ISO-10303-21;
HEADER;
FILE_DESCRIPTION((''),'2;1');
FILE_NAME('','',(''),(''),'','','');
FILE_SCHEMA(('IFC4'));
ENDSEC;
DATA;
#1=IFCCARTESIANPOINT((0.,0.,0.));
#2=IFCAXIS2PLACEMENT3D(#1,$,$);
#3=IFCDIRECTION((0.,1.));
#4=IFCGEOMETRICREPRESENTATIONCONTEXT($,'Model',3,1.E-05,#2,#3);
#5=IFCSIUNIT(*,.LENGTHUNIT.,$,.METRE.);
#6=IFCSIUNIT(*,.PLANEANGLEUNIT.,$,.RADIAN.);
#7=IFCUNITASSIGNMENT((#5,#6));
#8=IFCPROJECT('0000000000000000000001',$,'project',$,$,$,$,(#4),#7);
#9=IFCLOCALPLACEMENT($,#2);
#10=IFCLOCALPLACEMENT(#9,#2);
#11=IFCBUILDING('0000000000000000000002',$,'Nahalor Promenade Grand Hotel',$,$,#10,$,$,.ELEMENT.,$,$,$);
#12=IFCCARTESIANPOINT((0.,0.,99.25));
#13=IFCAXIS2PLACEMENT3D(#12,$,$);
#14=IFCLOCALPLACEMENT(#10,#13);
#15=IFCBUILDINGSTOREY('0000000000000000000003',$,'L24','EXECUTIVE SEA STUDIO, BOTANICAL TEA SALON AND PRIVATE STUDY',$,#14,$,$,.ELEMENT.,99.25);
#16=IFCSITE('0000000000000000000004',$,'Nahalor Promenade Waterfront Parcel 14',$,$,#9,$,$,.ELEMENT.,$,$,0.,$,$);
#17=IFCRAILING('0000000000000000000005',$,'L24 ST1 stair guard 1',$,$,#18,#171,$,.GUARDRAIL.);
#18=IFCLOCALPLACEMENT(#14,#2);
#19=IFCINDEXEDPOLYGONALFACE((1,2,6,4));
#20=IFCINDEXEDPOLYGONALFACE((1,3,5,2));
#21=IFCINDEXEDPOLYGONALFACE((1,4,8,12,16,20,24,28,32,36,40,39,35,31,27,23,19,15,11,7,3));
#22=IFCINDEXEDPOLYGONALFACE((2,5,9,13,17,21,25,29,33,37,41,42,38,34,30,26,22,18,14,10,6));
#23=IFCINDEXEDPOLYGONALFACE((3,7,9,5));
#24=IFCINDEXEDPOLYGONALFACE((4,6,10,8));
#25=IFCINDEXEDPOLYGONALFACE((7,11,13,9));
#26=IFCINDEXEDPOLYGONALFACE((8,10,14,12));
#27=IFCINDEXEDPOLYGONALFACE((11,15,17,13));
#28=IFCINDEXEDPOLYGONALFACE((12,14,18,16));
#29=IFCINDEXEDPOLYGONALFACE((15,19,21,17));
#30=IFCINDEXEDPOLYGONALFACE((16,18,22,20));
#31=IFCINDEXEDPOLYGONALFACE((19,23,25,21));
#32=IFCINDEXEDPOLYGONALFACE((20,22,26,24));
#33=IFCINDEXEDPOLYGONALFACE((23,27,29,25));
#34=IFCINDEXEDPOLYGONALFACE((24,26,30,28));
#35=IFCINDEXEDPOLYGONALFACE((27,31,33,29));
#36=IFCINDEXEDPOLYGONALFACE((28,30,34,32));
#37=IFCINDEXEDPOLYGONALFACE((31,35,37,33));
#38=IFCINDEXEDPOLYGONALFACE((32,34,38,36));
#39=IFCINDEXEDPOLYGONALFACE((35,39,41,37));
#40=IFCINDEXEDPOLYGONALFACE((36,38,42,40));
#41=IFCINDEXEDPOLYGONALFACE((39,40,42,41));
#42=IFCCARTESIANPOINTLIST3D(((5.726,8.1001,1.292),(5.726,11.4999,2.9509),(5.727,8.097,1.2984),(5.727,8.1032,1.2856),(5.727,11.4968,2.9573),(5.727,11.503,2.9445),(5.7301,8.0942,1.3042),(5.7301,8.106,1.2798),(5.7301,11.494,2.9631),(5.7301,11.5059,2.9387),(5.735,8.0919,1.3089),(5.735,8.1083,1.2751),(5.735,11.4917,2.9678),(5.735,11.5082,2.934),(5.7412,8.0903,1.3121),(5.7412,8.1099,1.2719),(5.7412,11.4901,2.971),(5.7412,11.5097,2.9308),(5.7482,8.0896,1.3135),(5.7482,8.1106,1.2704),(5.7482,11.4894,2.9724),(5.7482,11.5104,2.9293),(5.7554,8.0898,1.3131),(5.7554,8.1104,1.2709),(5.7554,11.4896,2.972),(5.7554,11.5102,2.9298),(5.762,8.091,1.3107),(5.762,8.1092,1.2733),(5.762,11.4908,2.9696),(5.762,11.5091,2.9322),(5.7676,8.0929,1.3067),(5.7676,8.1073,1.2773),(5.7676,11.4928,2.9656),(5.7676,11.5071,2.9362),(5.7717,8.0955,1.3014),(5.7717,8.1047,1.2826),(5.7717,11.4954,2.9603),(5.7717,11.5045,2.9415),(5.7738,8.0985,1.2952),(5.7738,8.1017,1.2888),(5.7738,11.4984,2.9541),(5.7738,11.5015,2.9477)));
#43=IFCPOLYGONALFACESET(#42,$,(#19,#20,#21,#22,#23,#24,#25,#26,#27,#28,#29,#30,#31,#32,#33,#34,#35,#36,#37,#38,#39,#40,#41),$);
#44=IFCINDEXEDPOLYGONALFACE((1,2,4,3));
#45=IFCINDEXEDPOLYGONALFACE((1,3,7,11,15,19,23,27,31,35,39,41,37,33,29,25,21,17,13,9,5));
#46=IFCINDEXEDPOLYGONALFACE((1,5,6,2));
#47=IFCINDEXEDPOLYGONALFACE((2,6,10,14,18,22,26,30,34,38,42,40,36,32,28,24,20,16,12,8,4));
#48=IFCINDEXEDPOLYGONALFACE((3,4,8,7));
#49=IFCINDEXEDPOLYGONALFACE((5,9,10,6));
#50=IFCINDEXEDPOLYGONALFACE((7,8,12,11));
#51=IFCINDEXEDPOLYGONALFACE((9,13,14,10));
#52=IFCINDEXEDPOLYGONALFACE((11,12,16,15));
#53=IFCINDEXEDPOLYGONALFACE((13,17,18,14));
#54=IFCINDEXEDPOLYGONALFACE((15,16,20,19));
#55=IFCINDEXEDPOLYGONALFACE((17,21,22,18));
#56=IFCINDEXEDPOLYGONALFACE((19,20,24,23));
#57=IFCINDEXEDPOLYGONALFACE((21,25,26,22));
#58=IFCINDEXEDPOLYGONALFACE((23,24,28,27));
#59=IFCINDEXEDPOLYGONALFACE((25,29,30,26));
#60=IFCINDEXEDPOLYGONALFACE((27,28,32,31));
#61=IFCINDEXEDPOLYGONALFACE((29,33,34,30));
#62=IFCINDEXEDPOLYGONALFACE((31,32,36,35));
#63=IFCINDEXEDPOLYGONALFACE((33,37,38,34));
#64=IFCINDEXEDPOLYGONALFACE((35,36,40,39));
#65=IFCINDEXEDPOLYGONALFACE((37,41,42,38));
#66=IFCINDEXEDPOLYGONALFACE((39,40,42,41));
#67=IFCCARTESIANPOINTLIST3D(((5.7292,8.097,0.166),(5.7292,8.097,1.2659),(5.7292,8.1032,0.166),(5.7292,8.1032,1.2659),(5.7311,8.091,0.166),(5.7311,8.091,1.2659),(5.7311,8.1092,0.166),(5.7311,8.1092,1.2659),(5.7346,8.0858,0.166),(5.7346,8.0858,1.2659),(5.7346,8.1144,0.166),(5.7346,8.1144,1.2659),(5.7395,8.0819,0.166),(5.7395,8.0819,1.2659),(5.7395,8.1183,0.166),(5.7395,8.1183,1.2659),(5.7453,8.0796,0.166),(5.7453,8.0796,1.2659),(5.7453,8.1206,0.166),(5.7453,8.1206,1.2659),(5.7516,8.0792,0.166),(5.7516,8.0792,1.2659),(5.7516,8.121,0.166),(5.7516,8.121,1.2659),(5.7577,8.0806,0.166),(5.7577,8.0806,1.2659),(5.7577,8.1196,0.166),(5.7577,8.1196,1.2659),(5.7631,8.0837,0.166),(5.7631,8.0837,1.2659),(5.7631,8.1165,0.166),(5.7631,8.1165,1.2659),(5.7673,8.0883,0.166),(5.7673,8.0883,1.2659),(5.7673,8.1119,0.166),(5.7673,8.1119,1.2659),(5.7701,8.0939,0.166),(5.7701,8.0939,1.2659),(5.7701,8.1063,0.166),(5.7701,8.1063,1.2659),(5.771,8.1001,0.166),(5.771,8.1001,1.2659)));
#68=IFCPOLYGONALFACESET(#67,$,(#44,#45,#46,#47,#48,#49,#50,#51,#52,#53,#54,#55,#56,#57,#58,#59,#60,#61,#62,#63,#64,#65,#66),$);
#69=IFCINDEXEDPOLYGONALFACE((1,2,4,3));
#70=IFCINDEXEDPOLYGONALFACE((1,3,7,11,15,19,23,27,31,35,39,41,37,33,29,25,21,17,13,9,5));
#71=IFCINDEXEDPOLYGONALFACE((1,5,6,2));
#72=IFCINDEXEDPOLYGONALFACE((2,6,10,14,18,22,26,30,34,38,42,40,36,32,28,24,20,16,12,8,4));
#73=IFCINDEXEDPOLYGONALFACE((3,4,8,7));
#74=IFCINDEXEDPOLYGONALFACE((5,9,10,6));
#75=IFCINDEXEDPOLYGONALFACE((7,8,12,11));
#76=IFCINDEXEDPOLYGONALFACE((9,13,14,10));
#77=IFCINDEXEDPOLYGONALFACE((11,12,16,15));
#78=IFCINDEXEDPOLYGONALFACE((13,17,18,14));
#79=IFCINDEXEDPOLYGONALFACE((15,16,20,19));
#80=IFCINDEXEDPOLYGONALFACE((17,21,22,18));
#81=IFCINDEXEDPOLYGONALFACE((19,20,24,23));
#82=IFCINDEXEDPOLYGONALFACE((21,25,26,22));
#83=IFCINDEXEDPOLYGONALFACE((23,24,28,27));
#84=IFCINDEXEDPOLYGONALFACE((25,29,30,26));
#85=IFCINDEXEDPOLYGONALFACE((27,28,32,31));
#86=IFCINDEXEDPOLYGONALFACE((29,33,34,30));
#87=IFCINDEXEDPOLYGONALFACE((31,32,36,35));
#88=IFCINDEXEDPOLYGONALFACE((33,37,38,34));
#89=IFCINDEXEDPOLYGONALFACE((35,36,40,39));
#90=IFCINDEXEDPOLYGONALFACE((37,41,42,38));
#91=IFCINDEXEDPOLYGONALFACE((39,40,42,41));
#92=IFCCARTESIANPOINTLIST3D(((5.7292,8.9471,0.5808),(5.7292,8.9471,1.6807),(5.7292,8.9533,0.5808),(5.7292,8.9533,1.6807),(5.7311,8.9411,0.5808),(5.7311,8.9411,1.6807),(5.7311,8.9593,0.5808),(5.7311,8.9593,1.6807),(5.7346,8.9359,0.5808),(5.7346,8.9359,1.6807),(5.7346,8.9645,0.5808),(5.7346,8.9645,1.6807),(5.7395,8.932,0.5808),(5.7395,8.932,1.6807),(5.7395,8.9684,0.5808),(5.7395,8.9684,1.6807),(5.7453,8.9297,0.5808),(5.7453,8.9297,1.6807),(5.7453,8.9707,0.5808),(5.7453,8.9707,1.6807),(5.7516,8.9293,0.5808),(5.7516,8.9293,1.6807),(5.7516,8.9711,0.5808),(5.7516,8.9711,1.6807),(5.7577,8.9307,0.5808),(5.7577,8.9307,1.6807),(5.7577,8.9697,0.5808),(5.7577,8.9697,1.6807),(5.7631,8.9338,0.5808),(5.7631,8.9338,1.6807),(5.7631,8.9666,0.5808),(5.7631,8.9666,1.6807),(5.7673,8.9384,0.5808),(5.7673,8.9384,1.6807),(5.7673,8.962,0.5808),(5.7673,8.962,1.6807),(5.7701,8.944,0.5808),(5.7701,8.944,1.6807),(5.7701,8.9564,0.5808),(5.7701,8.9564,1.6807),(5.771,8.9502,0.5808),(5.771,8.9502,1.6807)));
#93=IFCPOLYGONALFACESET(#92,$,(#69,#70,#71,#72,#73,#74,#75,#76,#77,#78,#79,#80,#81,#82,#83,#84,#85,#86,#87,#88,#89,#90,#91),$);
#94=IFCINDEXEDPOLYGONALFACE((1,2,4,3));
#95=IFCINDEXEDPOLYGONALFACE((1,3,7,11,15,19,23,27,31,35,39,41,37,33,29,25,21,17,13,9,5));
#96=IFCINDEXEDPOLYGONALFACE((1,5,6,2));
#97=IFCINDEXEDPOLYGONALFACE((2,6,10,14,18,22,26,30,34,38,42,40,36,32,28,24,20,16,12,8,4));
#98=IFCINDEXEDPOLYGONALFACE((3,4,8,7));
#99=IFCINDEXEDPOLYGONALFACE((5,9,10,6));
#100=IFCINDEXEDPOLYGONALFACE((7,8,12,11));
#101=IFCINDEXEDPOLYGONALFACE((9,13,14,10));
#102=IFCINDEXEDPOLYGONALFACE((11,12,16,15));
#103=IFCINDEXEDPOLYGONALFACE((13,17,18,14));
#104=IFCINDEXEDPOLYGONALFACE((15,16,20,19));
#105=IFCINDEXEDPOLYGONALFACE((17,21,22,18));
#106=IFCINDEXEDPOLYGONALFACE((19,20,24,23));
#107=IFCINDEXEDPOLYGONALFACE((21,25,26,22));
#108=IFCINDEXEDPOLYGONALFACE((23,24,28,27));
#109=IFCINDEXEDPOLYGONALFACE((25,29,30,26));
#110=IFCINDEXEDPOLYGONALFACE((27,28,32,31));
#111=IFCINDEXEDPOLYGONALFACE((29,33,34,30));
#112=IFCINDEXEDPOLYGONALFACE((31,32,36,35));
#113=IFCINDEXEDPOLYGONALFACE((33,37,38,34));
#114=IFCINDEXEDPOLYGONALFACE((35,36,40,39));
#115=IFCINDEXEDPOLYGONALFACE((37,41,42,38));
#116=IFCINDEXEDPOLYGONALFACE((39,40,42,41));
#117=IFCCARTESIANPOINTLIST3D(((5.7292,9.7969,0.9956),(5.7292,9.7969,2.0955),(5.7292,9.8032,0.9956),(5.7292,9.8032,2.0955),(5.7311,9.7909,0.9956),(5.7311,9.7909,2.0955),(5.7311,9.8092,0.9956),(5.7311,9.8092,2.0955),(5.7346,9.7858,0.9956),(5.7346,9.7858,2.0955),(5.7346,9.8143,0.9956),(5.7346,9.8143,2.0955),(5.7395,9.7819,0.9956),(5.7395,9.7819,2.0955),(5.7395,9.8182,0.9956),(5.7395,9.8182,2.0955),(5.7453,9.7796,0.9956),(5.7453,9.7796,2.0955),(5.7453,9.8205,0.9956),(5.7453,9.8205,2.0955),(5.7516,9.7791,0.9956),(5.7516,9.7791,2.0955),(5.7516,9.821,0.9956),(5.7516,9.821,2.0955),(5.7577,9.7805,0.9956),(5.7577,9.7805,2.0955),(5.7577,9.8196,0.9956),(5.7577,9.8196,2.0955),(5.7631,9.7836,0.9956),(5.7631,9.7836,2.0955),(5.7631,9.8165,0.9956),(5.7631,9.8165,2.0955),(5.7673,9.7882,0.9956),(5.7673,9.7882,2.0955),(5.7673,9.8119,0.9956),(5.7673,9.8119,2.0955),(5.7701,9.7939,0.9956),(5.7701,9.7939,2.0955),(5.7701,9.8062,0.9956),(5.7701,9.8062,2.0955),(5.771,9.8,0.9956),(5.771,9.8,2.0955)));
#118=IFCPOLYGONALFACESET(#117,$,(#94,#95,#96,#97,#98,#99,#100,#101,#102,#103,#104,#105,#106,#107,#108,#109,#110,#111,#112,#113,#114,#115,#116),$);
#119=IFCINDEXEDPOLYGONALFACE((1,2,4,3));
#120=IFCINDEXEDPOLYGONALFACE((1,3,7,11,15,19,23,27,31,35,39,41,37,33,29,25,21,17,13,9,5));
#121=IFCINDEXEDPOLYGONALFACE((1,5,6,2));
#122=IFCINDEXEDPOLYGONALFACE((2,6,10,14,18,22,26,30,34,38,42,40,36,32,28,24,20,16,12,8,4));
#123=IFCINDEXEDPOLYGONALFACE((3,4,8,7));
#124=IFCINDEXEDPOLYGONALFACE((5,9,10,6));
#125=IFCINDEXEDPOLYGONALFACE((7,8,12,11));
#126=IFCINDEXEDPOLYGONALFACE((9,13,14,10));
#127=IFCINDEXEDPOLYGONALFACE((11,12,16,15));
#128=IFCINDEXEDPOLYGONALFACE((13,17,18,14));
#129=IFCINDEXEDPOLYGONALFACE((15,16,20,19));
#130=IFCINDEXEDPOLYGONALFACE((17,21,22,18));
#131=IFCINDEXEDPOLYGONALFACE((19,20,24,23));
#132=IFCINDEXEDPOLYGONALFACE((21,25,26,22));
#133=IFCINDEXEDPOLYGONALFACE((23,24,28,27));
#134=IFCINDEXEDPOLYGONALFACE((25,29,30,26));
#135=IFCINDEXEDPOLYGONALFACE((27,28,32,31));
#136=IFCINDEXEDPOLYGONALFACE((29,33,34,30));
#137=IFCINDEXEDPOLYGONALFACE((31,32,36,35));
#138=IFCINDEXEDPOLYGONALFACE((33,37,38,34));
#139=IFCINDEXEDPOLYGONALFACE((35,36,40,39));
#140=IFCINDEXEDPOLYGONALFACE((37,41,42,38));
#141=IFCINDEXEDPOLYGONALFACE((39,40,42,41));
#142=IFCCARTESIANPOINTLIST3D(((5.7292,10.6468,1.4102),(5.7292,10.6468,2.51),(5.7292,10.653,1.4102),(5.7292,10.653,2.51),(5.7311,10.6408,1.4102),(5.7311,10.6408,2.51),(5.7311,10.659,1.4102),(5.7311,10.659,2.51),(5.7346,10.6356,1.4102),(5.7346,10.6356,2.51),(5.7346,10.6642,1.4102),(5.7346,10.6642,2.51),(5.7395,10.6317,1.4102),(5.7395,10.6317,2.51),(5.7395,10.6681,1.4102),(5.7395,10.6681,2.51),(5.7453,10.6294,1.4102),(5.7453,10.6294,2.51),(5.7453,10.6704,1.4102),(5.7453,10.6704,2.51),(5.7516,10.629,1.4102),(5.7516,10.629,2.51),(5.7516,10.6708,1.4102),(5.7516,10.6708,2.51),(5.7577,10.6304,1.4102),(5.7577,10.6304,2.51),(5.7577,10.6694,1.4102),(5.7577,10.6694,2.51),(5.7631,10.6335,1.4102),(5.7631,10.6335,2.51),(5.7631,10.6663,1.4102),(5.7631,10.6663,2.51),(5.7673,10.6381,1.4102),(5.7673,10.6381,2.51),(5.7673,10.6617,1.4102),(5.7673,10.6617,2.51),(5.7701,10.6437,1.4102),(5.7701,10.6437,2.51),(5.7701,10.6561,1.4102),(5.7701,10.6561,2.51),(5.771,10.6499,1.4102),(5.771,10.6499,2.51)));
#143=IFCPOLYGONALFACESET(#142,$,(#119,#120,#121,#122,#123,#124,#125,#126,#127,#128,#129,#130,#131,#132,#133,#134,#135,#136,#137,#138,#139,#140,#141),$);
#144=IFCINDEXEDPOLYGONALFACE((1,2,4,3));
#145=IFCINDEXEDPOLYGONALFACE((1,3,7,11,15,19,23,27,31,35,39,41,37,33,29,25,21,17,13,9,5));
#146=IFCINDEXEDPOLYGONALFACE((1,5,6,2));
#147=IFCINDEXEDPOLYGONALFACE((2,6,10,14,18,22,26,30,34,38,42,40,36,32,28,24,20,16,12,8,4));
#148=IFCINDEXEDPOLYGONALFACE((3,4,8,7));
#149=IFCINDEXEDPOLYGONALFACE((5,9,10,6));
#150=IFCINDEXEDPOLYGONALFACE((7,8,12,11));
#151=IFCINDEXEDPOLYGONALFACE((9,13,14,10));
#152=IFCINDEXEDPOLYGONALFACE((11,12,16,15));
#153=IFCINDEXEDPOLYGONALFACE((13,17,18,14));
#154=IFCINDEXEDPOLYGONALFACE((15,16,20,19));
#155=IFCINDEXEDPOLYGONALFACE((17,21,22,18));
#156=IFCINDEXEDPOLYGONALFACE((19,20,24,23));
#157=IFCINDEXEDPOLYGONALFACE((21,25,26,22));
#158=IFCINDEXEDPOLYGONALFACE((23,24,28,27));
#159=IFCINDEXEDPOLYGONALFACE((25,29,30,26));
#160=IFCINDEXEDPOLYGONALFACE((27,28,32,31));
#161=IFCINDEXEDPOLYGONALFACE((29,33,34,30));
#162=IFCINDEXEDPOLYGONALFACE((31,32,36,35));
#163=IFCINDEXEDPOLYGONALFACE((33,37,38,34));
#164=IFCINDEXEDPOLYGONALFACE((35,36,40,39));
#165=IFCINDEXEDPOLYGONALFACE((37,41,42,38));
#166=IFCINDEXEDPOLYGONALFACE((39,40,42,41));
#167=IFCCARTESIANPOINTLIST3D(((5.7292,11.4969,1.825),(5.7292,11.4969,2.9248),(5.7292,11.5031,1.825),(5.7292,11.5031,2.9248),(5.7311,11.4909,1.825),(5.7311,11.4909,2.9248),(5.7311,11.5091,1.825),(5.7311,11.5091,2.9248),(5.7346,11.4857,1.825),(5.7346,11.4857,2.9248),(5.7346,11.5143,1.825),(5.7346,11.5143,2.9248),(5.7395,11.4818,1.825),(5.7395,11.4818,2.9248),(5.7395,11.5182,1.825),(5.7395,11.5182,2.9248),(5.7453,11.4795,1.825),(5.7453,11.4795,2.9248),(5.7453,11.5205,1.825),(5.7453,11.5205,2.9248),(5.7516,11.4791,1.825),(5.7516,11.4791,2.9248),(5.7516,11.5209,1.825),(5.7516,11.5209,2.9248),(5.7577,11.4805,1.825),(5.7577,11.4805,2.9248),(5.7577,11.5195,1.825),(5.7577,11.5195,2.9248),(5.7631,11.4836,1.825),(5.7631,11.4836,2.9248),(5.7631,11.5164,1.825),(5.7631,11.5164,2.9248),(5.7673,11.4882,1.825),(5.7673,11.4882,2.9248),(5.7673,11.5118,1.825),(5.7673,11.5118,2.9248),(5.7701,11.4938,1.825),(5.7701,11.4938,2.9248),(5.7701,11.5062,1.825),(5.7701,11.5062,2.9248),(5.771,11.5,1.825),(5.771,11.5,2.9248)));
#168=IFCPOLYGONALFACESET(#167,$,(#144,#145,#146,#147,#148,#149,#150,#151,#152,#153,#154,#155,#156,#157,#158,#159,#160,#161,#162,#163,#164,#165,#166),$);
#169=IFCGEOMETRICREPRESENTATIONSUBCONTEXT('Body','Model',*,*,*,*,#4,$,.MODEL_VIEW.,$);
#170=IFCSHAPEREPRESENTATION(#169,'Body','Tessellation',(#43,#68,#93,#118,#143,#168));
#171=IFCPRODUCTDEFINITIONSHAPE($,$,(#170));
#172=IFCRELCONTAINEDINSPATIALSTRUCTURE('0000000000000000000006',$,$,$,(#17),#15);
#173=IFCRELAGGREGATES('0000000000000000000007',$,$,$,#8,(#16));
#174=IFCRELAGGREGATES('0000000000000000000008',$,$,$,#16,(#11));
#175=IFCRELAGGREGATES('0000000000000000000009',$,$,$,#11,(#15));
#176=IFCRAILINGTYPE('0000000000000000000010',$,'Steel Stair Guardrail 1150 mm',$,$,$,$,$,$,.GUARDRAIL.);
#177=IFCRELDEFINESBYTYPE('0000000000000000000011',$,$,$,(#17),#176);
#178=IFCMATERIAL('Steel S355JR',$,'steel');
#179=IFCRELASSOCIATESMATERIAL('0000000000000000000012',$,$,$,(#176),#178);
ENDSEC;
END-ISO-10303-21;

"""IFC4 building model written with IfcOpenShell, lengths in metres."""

from ifc_helpers import new_model, si_unit, direction, frame, origin, origin_2d, place, context, subcontext, project, spatial, circle, extrude, material, type_object, element, save


model = new_model("IFC4")

# Units and contexts
model_context = context("Model", 3, precision=1e-05, world=origin(), true_north=direction((0.0, 1.0)))
body_context = subcontext(model_context, "Body", "Model", "MODEL_VIEW")
ifc_project = project(units=[si_unit("LENGTHUNIT", "METRE"), si_unit("PLANEANGLEUNIT", "RADIAN")], contexts=[model_context])

# Site, building, storey
site_placement = place(None, origin())
site = spatial("IfcSite", under=ifc_project, at=site_placement, Name="Nahalor Promenade Waterfront Parcel 14", CompositionType="ELEMENT", RefElevation=0.0)
building_placement = place(site_placement, origin())
building = spatial("IfcBuilding", under=site, at=building_placement, Name="Nahalor Promenade Grand Hotel", CompositionType="ELEMENT")
storey_placement = place(building_placement, frame((0.0, 0.0, 99.25)))
storey = spatial("IfcBuildingStorey", under=building, at=storey_placement, Name="L24", Description="EXECUTIVE SEA STUDIO, BOTANICAL TEA SALON AND PRIVATE STUDY", CompositionType="ELEMENT", Elevation=99.25)

# Shared definitions
ifc_material_1 = material(Name="Steel S355JR", Category="steel")

# Railing
railing_type_1 = type_object("IfcRailingType", Name="Steel Stair Guardrail 1150 mm", PredefinedType="GUARDRAIL", material=ifc_material_1)
railing_1_placement = place(storey_placement, frame((5.75, 8.1001, 0.166)))
element("IfcRailing", 1, at=railing_1_placement, inside=storey, type_object=railing_type_1, Name="L24 ST1 stair guard 1", PredefinedType="GUARDRAIL", context=body_context, shape_type="SweptSolid", body=[
    extrude(circle(Radius=0.024, at=origin_2d()), frame((0.0, 0.0, 1.126), z_axis=(0.0, 0.898722, 0.438519), x_axis=(-1.0, 0.0, 0.0)), (0.0, 0.0, 1.0), 3.783),
    extrude(circle(Radius=0.021, at=origin_2d()), origin(), (0.0, 0.0, 1.0), 1.0999),
    extrude(circle(Radius=0.021, at=origin_2d()), frame((0.0, 0.8501, 0.4148)), (0.0, 0.0, 1.0), 1.0999),
    extrude(circle(Radius=0.021, at=origin_2d()), frame((0.0, 1.7, 0.8296)), (0.0, 0.0, 1.0), 1.0999),
    extrude(circle(Radius=0.021, at=origin_2d()), frame((0.0, 2.5498, 1.2441)), (0.0, 0.0, 1.0), 1.0999),
    extrude(circle(Radius=0.021, at=origin_2d()), frame((0.0, 3.3999, 1.6589)), (0.0, 0.0, 1.0), 1.0999),
])

save(model, "model.ifc")
